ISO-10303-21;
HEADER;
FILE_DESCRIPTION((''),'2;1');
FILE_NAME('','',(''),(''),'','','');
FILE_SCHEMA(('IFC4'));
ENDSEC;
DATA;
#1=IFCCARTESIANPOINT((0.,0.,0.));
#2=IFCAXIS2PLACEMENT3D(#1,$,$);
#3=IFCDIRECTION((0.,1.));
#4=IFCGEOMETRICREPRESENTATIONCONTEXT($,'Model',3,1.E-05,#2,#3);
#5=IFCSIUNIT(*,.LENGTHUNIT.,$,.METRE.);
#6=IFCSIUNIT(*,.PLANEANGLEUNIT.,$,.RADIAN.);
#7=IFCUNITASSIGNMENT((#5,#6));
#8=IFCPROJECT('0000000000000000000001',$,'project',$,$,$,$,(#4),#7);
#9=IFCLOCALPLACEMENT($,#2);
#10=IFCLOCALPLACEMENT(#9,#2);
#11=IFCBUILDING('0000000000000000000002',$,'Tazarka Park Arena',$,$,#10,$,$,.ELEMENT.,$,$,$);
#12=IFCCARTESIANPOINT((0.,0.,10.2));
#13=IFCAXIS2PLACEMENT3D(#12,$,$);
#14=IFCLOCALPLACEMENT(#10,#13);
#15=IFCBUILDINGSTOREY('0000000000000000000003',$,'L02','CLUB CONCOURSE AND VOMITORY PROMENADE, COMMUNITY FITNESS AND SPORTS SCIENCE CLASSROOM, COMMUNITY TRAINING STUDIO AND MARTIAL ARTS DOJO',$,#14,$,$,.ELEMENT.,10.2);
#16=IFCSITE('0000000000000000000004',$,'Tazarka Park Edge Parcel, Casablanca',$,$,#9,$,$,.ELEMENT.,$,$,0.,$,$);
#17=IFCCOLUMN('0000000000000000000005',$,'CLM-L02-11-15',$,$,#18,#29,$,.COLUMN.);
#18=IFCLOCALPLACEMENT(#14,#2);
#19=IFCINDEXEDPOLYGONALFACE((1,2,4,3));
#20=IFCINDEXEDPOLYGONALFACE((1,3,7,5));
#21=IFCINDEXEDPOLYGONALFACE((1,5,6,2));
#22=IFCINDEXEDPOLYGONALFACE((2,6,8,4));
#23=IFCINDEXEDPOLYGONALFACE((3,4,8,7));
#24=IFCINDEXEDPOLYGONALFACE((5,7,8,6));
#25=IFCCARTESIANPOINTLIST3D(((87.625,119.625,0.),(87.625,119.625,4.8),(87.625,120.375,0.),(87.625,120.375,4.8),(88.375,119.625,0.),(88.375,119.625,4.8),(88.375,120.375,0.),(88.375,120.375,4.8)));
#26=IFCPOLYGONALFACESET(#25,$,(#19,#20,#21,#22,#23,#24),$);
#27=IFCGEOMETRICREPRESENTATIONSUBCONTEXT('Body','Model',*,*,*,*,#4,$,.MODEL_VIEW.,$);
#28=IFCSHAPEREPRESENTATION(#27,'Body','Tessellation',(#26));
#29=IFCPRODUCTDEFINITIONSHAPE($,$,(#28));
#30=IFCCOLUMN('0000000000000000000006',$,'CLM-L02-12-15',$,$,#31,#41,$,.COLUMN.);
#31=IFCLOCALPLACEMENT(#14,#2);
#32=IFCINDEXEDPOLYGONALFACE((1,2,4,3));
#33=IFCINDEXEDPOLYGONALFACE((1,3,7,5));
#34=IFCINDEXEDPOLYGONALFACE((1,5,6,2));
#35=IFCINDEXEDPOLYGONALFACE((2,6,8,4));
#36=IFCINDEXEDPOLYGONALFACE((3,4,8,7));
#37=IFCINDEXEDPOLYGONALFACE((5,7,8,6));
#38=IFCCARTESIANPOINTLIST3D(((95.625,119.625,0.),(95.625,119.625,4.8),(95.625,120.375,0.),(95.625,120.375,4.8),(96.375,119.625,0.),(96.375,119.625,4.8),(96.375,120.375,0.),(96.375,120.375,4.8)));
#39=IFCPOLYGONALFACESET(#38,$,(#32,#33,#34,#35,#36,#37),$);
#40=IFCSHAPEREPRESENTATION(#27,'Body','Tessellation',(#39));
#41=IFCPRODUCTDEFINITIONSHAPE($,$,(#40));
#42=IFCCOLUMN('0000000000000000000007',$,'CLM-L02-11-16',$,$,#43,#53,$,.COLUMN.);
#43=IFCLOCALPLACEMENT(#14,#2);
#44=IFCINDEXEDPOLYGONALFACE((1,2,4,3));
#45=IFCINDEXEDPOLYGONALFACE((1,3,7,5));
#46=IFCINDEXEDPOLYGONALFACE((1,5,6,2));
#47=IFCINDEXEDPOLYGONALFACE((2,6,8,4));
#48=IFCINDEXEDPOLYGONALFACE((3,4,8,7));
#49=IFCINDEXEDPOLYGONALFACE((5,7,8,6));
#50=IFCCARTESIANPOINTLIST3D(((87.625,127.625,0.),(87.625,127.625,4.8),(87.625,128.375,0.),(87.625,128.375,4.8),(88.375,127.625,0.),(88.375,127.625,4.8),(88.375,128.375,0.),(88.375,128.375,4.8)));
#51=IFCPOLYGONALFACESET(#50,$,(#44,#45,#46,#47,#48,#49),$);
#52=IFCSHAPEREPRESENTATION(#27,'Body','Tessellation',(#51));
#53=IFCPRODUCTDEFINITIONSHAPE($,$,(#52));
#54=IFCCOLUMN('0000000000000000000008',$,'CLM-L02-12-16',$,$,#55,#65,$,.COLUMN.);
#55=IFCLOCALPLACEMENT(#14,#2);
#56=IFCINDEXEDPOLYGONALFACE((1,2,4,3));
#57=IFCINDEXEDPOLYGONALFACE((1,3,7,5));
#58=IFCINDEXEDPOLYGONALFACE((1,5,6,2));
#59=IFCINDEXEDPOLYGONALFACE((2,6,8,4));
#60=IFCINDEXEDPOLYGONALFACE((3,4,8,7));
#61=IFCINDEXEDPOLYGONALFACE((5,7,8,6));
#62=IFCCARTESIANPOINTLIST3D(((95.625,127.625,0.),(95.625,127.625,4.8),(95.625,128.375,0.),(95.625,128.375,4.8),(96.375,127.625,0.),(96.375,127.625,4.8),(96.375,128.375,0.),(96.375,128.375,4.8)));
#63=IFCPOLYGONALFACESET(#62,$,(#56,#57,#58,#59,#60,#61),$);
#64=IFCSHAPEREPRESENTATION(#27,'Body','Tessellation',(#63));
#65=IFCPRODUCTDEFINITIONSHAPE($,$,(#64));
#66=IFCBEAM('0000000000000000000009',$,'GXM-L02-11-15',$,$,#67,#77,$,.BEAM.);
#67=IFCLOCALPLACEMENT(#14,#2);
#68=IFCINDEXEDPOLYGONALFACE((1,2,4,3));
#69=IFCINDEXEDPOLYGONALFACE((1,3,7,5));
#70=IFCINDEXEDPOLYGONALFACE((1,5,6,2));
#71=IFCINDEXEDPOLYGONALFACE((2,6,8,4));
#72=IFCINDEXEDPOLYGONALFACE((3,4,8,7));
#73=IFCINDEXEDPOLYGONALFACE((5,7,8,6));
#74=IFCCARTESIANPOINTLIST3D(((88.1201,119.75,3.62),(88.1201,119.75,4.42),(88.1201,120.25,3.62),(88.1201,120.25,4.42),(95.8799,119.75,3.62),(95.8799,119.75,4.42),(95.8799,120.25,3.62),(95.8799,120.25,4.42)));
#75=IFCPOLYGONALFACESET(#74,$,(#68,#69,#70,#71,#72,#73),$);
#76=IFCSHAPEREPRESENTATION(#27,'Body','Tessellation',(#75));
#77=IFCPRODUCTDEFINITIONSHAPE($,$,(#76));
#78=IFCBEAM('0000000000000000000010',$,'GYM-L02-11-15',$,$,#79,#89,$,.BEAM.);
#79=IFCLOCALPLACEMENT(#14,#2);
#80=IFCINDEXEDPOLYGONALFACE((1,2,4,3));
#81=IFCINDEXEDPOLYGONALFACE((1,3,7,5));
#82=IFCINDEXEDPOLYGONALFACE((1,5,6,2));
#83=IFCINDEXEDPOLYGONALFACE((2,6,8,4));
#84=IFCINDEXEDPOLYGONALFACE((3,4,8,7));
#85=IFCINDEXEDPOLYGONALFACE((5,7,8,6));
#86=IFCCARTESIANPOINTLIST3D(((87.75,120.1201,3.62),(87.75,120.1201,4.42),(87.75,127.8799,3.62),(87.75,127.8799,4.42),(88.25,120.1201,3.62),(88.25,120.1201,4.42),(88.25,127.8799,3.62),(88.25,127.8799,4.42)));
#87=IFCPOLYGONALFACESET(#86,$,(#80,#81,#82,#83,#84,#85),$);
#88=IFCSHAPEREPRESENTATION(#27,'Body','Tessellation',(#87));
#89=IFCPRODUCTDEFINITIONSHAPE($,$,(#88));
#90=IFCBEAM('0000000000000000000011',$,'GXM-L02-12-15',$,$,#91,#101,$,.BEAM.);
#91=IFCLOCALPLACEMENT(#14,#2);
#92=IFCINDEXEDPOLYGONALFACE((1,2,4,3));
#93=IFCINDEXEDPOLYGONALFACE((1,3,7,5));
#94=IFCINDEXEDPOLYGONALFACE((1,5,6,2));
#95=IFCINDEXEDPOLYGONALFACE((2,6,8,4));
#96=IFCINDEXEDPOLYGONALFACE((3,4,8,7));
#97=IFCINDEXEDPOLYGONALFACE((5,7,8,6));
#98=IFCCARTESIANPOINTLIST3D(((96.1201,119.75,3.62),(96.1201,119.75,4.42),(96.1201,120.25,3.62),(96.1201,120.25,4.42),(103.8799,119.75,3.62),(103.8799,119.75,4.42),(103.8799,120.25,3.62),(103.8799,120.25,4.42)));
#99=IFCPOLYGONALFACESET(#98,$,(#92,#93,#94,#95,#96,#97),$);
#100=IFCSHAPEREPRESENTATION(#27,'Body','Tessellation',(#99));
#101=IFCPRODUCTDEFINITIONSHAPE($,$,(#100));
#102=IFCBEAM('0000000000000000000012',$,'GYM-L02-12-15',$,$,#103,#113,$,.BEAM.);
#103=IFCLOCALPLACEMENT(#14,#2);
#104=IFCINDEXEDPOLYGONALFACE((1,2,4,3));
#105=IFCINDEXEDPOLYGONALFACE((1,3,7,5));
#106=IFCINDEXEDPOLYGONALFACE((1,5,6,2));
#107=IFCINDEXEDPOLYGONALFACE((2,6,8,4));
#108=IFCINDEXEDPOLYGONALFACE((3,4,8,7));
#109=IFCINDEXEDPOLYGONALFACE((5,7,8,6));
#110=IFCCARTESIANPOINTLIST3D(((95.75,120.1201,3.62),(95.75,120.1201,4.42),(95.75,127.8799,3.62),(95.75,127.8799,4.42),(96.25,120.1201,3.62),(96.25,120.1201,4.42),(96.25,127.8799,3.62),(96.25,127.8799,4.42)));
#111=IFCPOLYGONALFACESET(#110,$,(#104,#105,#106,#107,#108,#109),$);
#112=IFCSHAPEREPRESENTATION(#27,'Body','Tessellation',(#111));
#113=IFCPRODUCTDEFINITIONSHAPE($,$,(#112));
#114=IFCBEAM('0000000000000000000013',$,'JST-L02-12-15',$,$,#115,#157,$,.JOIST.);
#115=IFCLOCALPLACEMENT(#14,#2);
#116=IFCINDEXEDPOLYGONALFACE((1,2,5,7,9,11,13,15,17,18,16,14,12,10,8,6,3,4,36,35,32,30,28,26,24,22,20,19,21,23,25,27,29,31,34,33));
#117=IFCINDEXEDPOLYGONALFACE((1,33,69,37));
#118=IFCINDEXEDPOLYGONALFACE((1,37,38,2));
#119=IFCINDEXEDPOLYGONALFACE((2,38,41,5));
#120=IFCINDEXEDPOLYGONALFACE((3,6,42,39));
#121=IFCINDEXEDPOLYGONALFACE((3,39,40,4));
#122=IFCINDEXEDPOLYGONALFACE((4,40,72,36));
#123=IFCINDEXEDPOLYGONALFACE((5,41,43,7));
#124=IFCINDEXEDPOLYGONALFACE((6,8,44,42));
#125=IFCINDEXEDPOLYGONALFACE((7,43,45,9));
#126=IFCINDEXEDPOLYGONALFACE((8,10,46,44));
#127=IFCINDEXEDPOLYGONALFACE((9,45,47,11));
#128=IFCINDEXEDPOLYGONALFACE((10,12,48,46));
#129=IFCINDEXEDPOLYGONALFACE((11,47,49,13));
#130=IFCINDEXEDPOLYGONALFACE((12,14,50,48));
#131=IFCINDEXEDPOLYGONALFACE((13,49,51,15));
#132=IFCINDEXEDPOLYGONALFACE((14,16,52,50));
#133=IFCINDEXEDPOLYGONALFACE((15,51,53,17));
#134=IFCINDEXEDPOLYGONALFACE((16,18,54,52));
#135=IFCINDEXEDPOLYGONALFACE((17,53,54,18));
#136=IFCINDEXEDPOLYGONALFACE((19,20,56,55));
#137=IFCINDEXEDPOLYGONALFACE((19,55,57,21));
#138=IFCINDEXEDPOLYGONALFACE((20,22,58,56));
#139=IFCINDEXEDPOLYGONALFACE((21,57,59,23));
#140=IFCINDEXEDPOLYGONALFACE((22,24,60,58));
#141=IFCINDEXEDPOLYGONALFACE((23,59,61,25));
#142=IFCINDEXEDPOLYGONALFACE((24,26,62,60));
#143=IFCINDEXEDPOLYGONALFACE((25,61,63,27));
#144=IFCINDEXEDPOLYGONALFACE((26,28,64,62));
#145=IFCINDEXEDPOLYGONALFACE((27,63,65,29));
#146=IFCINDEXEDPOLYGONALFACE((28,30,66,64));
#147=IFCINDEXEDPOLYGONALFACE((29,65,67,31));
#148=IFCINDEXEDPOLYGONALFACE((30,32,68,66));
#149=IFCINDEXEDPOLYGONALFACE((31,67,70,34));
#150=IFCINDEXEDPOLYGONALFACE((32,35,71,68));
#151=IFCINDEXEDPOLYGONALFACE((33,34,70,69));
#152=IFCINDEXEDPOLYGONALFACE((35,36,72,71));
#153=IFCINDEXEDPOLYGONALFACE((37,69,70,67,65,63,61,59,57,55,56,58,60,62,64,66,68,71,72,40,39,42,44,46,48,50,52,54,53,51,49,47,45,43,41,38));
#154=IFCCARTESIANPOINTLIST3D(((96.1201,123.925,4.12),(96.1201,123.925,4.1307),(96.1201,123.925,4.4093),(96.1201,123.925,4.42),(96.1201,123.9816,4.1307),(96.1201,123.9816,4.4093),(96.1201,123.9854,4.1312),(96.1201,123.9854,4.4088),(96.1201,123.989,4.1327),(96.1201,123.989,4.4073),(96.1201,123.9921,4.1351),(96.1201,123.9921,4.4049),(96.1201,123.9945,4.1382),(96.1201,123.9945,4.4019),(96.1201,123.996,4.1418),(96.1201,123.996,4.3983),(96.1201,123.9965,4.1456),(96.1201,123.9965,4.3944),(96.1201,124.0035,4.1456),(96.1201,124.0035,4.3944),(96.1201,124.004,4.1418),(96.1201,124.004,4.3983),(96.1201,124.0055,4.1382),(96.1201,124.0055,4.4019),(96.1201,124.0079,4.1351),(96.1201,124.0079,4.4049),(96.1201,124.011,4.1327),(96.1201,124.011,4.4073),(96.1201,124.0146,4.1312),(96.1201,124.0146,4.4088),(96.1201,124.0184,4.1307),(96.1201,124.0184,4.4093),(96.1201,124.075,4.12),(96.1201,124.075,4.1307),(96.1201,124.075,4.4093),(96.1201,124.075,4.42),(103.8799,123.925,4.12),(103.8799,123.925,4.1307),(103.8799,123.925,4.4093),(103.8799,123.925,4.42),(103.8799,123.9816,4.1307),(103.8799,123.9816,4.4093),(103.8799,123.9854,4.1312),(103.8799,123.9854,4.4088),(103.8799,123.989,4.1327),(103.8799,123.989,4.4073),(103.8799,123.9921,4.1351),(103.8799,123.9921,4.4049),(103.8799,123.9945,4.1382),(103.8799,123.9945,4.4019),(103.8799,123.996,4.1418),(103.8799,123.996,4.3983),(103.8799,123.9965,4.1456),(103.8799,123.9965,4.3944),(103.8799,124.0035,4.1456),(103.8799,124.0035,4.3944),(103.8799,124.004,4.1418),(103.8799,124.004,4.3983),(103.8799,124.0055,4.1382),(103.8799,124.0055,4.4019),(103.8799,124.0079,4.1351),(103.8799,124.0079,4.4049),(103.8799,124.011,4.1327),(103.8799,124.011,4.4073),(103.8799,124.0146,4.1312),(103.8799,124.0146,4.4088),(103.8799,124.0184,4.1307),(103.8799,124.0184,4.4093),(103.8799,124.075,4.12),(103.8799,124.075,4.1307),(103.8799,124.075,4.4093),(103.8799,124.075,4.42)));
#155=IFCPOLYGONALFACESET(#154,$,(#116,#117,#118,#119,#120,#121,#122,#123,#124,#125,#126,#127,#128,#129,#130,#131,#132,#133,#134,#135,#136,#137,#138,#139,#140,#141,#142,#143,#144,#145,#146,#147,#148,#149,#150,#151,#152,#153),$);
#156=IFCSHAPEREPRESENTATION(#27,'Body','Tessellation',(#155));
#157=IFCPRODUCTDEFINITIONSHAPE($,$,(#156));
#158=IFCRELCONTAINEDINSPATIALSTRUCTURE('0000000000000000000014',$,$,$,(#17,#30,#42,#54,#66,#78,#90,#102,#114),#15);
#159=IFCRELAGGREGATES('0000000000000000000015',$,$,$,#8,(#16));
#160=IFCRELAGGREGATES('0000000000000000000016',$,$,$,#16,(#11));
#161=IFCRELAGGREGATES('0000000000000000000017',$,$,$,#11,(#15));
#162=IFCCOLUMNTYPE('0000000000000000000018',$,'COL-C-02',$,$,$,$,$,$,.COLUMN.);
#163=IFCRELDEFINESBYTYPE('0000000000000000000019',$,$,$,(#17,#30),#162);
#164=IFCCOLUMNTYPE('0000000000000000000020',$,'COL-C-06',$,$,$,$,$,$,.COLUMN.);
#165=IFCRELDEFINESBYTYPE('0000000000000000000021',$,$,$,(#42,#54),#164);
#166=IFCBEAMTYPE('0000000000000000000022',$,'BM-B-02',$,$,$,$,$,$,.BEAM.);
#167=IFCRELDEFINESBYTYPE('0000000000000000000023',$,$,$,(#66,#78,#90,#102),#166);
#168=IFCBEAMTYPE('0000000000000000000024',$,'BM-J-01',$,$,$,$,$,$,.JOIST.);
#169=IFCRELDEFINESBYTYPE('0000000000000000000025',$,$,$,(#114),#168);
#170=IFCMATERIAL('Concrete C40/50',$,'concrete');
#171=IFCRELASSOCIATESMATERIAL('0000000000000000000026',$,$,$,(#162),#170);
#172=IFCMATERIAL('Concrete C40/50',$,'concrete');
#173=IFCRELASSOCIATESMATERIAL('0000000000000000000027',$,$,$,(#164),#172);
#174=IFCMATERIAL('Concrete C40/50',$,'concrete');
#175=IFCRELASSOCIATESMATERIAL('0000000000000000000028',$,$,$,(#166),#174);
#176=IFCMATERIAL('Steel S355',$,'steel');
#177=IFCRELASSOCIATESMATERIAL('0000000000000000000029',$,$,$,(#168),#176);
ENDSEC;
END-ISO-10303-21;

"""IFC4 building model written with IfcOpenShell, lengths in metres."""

from ifc_helpers import new_model, si_unit, direction, frame, origin, origin_2d, place, context, subcontext, project, spatial, rectangle, i_section, extrude, material, material_profile, profile_set, type_object, element, save


model = new_model("IFC4")

# Units and contexts
model_context = context("Model", 3, precision=1e-05, world=origin(), true_north=direction((0.0, 1.0)))
body_context = subcontext(model_context, "Body", "Model", "MODEL_VIEW")
ifc_project = project(units=[si_unit("LENGTHUNIT", "METRE"), si_unit("PLANEANGLEUNIT", "RADIAN")], contexts=[model_context])

# Site, building, storey
site_placement = place(None, origin())
site = spatial("IfcSite", under=ifc_project, at=site_placement, Name="Tazarka Park Edge Parcel, Casablanca", CompositionType="ELEMENT", RefElevation=0.0)
building_placement = place(site_placement, origin())
building = spatial("IfcBuilding", under=site, at=building_placement, Name="Tazarka Park Arena", CompositionType="ELEMENT")
storey_placement = place(building_placement, frame((0.0, 0.0, 10.2)))
storey = spatial("IfcBuildingStorey", under=building, at=storey_placement, Name="L02", Description="CLUB CONCOURSE AND VOMITORY PROMENADE, COMMUNITY FITNESS AND SPORTS SCIENCE CLASSROOM, COMMUNITY TRAINING STUDIO AND MARTIAL ARTS DOJO", CompositionType="ELEMENT", Elevation=10.2)

# Columns
ifc_material_1 = material(Name="Concrete C40/50", Category="concrete")
ifc_material_profile_1 = material_profile(ifc_material_1, rectangle(XDim=0.75, YDim=0.75, at=origin_2d()), Name="Concrete C40/50")
ifc_profile_set_1 = profile_set([ifc_material_profile_1], Name="Concrete C40/50")
column_type_1 = type_object("IfcColumnType", Name="COL-C-02", PredefinedType="COLUMN", material=ifc_profile_set_1)
for number, where, z_axis, x_axis, name in (
    (1, (88.0, 120.0, 0.0), (0.0, 0.0, 1.0), (1.0, 0.0, 0.0), "CLM-L02-11-15"),
    (2, (96.0, 120.0, 0.0), (0.0, 0.0, 1.0), (1.0, 0.0, 0.0), "CLM-L02-12-15"),
):
    element("IfcColumn", number, at=place(storey_placement, frame(where, z_axis=z_axis, x_axis=x_axis)), inside=storey, type_object=column_type_1, Name=name, PredefinedType="COLUMN", context=body_context, shape_type="SweptSolid", body=[
        extrude(rectangle(XDim=0.75, YDim=0.75, at=origin_2d()), origin(), (0.0, 0.0, 1.0), 4.8),
    ])
ifc_material_2 = material(Name="Concrete C40/50", Category="concrete")
ifc_material_profile_2 = material_profile(ifc_material_2, rectangle(XDim=0.75, YDim=0.75, at=origin_2d()), Name="Concrete C40/50")
ifc_profile_set_2 = profile_set([ifc_material_profile_2], Name="Concrete C40/50")
column_type_2 = type_object("IfcColumnType", Name="COL-C-06", PredefinedType="COLUMN", material=ifc_profile_set_2)
for number, where, z_axis, x_axis, name in (
    (3, (88.0, 128.0, 0.0), (0.0, 0.0, 1.0), (1.0, 0.0, 0.0), "CLM-L02-11-16"),
    (4, (96.0, 128.0, 0.0), (0.0, 0.0, 1.0), (1.0, 0.0, 0.0), "CLM-L02-12-16"),
):
    element("IfcColumn", number, at=place(storey_placement, frame(where, z_axis=z_axis, x_axis=x_axis)), inside=storey, type_object=column_type_2, Name=name, PredefinedType="COLUMN", context=body_context, shape_type="SweptSolid", body=[
        extrude(rectangle(XDim=0.75, YDim=0.75, at=origin_2d()), origin(), (0.0, 0.0, 1.0), 4.8),
    ])

# Beams
ifc_material_3 = material(Name="Concrete C40/50", Category="concrete")
ifc_material_profile_3 = material_profile(ifc_material_3, rectangle(XDim=0.5, YDim=0.8, at=origin_2d()), Name="Concrete C40/50")
ifc_profile_set_3 = profile_set([ifc_material_profile_3], Name="Concrete C40/50")
beam_type_1 = type_object("IfcBeamType", Name="BM-B-02", PredefinedType="BEAM", material=ifc_profile_set_3)
for number, where, z_axis, x_axis, name in (
    (5, (88.1201, 120.0, 4.02), (1.0, 0.0, 0.0), (0.0, 1.0, 0.0), "GXM-L02-11-15"),
    (6, (88.0, 120.1201, 4.02), (0.0, 1.0, 0.0), (-1.0, 0.0, 0.0), "GYM-L02-11-15"),
    (7, (96.1201, 120.0, 4.02), (1.0, 0.0, 0.0), (0.0, 1.0, 0.0), "GXM-L02-12-15"),
    (8, (96.0, 120.1201, 4.02), (0.0, 1.0, 0.0), (-1.0, 0.0, 0.0), "GYM-L02-12-15"),
):
    element("IfcBeam", number, at=place(storey_placement, frame(where, z_axis=z_axis, x_axis=x_axis)), inside=storey, type_object=beam_type_1, Name=name, PredefinedType="BEAM", context=body_context, shape_type="SweptSolid", body=[
        extrude(rectangle(XDim=0.5, YDim=0.8, at=origin_2d()), origin(), (0.0, 0.0, 1.0), 7.7598),
    ])
ifc_material_4 = material(Name="Steel S355", Category="steel")
ifc_material_profile_4 = material_profile(ifc_material_4, i_section(OverallWidth=0.1499, OverallDepth=0.3, WebThickness=0.0071, FlangeThickness=0.0107, FilletRadius=0.0149, at=origin_2d()), Name="Steel S355")
ifc_profile_set_4 = profile_set([ifc_material_profile_4], Name="Steel S355")
beam_type_2 = type_object("IfcBeamType", Name="BM-J-01", PredefinedType="JOIST", material=ifc_profile_set_4)
beam_1_placement = place(storey_placement, frame((96.1201, 124.0, 4.27), z_axis=(1.0, 0.0, 0.0), x_axis=(0.0, 1.0, 0.0)))
element("IfcBeam", 9, at=beam_1_placement, inside=storey, type_object=beam_type_2, Name="JST-L02-12-15", PredefinedType="JOIST", context=body_context, shape_type="SweptSolid", body=[
    extrude(i_section(OverallWidth=0.1499, OverallDepth=0.3, WebThickness=0.0071, FlangeThickness=0.0107, FilletRadius=0.0149, at=origin_2d()), origin(), (0.0, 0.0, 1.0), 7.7598),
])

save(model, "model.ifc")
